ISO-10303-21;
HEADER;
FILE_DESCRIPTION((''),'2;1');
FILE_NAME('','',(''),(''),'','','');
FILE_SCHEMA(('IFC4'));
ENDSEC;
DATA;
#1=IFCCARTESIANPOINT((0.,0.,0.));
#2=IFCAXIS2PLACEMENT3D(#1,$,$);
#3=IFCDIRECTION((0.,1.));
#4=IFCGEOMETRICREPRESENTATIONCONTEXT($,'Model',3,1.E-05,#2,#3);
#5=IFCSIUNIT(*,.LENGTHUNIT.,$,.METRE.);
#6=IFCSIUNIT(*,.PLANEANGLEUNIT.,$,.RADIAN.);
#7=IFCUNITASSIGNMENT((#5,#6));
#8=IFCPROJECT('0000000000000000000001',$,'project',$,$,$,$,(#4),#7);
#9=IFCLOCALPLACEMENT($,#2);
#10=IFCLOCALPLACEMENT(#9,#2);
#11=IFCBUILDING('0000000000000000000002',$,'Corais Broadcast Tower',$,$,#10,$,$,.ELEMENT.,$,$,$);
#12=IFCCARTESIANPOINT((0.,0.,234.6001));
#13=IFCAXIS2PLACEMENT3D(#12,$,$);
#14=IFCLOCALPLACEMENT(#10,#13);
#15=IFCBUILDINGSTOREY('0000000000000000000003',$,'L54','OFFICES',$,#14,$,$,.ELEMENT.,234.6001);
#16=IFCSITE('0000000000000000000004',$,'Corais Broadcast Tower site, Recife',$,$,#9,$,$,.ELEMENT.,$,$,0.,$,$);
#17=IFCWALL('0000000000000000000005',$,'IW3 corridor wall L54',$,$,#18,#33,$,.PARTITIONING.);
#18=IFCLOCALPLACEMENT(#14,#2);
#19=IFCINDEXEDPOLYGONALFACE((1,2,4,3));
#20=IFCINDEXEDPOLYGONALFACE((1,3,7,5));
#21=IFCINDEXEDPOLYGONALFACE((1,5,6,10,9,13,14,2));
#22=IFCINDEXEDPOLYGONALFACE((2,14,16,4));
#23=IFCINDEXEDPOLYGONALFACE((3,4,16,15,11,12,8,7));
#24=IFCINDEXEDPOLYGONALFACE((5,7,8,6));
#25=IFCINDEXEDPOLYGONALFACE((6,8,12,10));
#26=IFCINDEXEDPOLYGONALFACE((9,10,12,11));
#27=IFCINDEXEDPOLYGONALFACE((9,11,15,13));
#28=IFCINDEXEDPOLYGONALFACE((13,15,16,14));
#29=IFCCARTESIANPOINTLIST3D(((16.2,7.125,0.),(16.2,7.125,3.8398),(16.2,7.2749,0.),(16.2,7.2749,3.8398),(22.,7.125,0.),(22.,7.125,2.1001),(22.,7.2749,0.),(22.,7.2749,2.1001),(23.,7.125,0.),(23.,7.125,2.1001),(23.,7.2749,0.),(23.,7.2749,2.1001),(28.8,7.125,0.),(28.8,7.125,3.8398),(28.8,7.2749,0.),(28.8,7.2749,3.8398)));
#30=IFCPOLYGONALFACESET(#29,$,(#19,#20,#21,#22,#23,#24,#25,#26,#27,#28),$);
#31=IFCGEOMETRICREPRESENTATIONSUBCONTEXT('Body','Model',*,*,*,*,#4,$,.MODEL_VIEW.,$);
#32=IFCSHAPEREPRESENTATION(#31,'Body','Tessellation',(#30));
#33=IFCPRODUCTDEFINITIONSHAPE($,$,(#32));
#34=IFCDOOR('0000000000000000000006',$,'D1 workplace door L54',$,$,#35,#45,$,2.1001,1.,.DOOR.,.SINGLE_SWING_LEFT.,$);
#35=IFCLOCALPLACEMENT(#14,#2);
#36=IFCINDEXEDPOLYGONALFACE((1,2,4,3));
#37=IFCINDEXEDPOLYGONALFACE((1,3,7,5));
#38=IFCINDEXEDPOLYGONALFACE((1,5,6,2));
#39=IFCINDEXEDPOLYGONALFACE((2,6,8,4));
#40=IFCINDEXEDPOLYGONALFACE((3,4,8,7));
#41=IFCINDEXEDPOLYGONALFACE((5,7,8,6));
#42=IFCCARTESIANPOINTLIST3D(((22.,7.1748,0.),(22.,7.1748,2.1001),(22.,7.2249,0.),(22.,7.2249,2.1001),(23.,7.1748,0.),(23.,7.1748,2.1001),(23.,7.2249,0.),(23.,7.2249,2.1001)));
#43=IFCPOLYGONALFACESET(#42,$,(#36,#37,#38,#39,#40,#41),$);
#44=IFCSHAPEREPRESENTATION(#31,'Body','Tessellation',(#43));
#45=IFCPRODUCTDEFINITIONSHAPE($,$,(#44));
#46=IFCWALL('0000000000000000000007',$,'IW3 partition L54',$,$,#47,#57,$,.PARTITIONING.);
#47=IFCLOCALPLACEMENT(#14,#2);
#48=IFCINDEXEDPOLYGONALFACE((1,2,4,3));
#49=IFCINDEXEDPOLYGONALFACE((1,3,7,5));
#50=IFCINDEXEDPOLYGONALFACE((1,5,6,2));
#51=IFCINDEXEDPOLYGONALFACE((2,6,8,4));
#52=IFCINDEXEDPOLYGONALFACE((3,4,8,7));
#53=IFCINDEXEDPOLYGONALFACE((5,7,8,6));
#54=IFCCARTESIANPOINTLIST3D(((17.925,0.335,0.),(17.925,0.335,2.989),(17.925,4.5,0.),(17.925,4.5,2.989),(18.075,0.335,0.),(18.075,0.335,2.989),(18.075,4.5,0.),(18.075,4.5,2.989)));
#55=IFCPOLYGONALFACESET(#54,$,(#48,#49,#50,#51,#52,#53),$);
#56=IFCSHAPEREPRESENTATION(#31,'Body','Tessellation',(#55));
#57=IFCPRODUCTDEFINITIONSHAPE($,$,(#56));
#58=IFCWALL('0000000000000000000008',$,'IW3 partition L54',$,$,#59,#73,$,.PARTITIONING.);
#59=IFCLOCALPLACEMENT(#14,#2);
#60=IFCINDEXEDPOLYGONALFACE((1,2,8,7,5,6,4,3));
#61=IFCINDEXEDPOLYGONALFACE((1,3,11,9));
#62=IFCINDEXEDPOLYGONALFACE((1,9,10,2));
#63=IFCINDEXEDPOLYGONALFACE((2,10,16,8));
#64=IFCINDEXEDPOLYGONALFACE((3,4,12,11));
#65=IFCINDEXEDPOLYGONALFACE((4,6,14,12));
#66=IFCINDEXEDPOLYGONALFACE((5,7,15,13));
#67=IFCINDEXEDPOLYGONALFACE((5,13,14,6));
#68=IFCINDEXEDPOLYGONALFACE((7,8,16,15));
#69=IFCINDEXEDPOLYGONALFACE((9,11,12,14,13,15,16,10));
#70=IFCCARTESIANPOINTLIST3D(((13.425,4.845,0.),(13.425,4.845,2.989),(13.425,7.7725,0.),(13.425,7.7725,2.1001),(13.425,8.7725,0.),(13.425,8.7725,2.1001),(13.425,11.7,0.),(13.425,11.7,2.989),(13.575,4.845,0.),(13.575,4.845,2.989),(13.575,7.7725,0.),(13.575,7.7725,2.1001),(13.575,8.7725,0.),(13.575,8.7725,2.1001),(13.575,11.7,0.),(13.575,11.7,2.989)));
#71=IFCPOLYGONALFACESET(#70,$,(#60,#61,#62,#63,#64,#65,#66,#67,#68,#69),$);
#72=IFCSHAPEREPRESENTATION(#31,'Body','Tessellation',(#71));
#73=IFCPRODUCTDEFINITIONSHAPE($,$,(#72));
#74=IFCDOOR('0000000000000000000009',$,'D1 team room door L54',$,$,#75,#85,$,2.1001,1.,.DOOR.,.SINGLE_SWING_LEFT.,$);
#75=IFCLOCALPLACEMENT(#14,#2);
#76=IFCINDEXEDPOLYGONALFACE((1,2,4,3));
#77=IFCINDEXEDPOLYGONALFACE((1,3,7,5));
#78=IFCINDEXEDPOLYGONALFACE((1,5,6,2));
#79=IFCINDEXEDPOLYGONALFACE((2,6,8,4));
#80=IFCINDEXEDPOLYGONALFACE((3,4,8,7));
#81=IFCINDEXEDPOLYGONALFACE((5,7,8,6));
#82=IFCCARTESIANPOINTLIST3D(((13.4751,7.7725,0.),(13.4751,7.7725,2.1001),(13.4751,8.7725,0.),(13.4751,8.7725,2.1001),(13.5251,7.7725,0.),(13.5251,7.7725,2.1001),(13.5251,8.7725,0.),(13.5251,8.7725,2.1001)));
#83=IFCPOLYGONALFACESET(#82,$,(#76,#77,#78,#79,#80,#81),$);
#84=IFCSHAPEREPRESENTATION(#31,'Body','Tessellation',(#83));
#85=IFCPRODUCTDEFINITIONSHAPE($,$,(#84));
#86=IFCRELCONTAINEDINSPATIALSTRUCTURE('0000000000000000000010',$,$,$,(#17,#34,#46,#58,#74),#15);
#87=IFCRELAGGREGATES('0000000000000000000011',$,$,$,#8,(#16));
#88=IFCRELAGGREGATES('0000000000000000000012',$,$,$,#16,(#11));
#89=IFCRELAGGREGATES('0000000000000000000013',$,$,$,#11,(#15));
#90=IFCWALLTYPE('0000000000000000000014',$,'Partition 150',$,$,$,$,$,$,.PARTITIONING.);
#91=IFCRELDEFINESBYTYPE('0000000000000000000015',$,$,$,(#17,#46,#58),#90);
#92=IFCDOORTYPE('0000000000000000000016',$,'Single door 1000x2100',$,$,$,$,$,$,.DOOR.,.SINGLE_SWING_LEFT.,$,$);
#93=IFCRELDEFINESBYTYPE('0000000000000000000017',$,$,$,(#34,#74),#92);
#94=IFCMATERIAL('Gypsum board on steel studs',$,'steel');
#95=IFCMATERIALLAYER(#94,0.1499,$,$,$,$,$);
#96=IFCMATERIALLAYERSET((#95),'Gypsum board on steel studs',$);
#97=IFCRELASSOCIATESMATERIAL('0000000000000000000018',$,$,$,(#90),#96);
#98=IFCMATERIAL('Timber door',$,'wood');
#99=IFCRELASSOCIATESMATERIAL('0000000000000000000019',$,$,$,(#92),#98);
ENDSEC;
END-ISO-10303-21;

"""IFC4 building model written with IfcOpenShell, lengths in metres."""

from ifc_helpers import new_model, si_unit, direction, frame, frame_2d, origin, place, context, subcontext, project, spatial, rectangle, extrude, material, layer, layer_set, type_object, element, fill, save


model = new_model("IFC4")

# Units and contexts
model_context = context("Model", 3, precision=1e-05, world=origin(), true_north=direction((0.0, 1.0)))
body_context = subcontext(model_context, "Body", "Model", "MODEL_VIEW")
ifc_project = project(units=[si_unit("LENGTHUNIT", "METRE"), si_unit("PLANEANGLEUNIT", "RADIAN")], contexts=[model_context])

# Site, building, storey
site_placement = place(None, origin())
site = spatial("IfcSite", under=ifc_project, at=site_placement, Name="Corais Broadcast Tower site, Recife", CompositionType="ELEMENT", RefElevation=0.0)
building_placement = place(site_placement, origin())
building = spatial("IfcBuilding", under=site, at=building_placement, Name="Corais Broadcast Tower", CompositionType="ELEMENT")
storey_placement = place(building_placement, frame((0.0, 0.0, 234.6001)))
storey = spatial("IfcBuildingStorey", under=building, at=storey_placement, Name="L54", Description="OFFICES", CompositionType="ELEMENT", Elevation=234.6001)

# Wall, opening, door
ifc_material_1 = material(Name="Gypsum board on steel studs", Category="steel")
ifc_layer_1 = layer(ifc_material_1, 0.1499)
ifc_layer_set_1 = layer_set([ifc_layer_1], Name="Gypsum board on steel studs")
wall_type = type_object("IfcWallType", Name="Partition 150", PredefinedType="PARTITIONING", material=ifc_layer_set_1)
wall_1_placement = place(storey_placement, frame((16.2, 7.2, 0.0), z_axis=(0.0, 0.0, 1.0), x_axis=(1.0, 0.0, 0.0)))
wall_1 = element("IfcWall", 1, at=wall_1_placement, inside=storey, type_object=wall_type, Name="IW3 corridor wall L54", PredefinedType="PARTITIONING", context=body_context, shape_type="SweptSolid", body=[
    extrude(rectangle(XDim=12.6001, YDim=0.1499, at=frame_2d((6.3, 0.0))), origin(), (0.0, 0.0, 1.0), 3.8398),
])
opening_1_placement = place(wall_1_placement, frame((5.8, 0.0, 0.0)))
opening_1 = element("IfcOpeningElement", 2, at=opening_1_placement, cuts=wall_1, PredefinedType="OPENING", context=body_context, shape_type="SweptSolid", body=[
    extrude(rectangle(XDim=1.0, YDim=2.1001, at=frame_2d((0.5, 1.05))), frame((0.0, 0.085, 0.0), z_axis=(0.0, -1.0, 0.0), x_axis=(1.0, 0.0, 0.0)), (0.0, 0.0, 1.0), 0.1699),
])
ifc_material_2 = material(Name="Timber door", Category="wood")
door_type = type_object("IfcDoorType", Name="Single door 1000x2100", OperationType="SINGLE_SWING_LEFT", PredefinedType="DOOR", material=ifc_material_2)
door_1_placement = place(opening_1_placement, origin())
door_1 = element("IfcDoor", 3, at=door_1_placement, inside=storey, type_object=door_type, Name="D1 workplace door L54", OperationType="SINGLE_SWING_LEFT", OverallHeight=2.1001, OverallWidth=1.0, PredefinedType="DOOR", context=body_context, shape_type="SweptSolid", body=[
    extrude(rectangle(XDim=1.0, YDim=2.1001, at=frame_2d((0.5, 1.05))), frame((0.0, 0.0249, 0.0), z_axis=(0.0, -1.0, 0.0), x_axis=(1.0, 0.0, 0.0)), (0.0, 0.0, 1.0), 0.05),
])
fill(opening_1, door_1)

# Wall
wall_2_placement = place(storey_placement, frame((18.0, 4.5, 0.0), z_axis=(0.0, 0.0, 1.0), x_axis=(0.0, -1.0, 0.0)))
element("IfcWall", 4, at=wall_2_placement, inside=storey, type_object=wall_type, Name="IW3 partition L54", PredefinedType="PARTITIONING", context=body_context, shape_type="SweptSolid", body=[
    extrude(rectangle(XDim=4.165, YDim=0.1499, at=frame_2d((2.0825, 0.0))), origin(), (0.0, 0.0, 1.0), 2.989),
])

# Wall, opening, door
wall_3_placement = place(storey_placement, frame((13.5, 4.845, 0.0), z_axis=(0.0, 0.0, 1.0), x_axis=(0.0, 1.0, 0.0)))
wall_3 = element("IfcWall", 5, at=wall_3_placement, inside=storey, type_object=wall_type, Name="IW3 partition L54", PredefinedType="PARTITIONING", context=body_context, shape_type="SweptSolid", body=[
    extrude(rectangle(XDim=6.855, YDim=0.1499, at=frame_2d((3.4275, 0.0))), origin(), (0.0, 0.0, 1.0), 2.989),
])
opening_2_placement = place(wall_3_placement, frame((2.9275, 0.0, 0.0)))
opening_2 = element("IfcOpeningElement", 6, at=opening_2_placement, cuts=wall_3, PredefinedType="OPENING", context=body_context, shape_type="SweptSolid", body=[
    extrude(rectangle(XDim=1.0, YDim=2.1001, at=frame_2d((0.5, 1.05))), frame((0.0, 0.085, 0.0), z_axis=(0.0, -1.0, 0.0), x_axis=(1.0, 0.0, 0.0)), (0.0, 0.0, 1.0), 0.1699),
])
door_2_placement = place(opening_2_placement, origin())
door_2 = element("IfcDoor", 7, at=door_2_placement, inside=storey, type_object=door_type, Name="D1 team room door L54", OperationType="SINGLE_SWING_LEFT", OverallHeight=2.1001, OverallWidth=1.0, PredefinedType="DOOR", context=body_context, shape_type="SweptSolid", body=[
    extrude(rectangle(XDim=1.0, YDim=2.1001, at=frame_2d((0.5, 1.05))), frame((0.0, 0.0249, 0.0), z_axis=(0.0, -1.0, 0.0), x_axis=(1.0, 0.0, 0.0)), (0.0, 0.0, 1.0), 0.05),
])
fill(opening_2, door_2)

save(model, "model.ifc")
